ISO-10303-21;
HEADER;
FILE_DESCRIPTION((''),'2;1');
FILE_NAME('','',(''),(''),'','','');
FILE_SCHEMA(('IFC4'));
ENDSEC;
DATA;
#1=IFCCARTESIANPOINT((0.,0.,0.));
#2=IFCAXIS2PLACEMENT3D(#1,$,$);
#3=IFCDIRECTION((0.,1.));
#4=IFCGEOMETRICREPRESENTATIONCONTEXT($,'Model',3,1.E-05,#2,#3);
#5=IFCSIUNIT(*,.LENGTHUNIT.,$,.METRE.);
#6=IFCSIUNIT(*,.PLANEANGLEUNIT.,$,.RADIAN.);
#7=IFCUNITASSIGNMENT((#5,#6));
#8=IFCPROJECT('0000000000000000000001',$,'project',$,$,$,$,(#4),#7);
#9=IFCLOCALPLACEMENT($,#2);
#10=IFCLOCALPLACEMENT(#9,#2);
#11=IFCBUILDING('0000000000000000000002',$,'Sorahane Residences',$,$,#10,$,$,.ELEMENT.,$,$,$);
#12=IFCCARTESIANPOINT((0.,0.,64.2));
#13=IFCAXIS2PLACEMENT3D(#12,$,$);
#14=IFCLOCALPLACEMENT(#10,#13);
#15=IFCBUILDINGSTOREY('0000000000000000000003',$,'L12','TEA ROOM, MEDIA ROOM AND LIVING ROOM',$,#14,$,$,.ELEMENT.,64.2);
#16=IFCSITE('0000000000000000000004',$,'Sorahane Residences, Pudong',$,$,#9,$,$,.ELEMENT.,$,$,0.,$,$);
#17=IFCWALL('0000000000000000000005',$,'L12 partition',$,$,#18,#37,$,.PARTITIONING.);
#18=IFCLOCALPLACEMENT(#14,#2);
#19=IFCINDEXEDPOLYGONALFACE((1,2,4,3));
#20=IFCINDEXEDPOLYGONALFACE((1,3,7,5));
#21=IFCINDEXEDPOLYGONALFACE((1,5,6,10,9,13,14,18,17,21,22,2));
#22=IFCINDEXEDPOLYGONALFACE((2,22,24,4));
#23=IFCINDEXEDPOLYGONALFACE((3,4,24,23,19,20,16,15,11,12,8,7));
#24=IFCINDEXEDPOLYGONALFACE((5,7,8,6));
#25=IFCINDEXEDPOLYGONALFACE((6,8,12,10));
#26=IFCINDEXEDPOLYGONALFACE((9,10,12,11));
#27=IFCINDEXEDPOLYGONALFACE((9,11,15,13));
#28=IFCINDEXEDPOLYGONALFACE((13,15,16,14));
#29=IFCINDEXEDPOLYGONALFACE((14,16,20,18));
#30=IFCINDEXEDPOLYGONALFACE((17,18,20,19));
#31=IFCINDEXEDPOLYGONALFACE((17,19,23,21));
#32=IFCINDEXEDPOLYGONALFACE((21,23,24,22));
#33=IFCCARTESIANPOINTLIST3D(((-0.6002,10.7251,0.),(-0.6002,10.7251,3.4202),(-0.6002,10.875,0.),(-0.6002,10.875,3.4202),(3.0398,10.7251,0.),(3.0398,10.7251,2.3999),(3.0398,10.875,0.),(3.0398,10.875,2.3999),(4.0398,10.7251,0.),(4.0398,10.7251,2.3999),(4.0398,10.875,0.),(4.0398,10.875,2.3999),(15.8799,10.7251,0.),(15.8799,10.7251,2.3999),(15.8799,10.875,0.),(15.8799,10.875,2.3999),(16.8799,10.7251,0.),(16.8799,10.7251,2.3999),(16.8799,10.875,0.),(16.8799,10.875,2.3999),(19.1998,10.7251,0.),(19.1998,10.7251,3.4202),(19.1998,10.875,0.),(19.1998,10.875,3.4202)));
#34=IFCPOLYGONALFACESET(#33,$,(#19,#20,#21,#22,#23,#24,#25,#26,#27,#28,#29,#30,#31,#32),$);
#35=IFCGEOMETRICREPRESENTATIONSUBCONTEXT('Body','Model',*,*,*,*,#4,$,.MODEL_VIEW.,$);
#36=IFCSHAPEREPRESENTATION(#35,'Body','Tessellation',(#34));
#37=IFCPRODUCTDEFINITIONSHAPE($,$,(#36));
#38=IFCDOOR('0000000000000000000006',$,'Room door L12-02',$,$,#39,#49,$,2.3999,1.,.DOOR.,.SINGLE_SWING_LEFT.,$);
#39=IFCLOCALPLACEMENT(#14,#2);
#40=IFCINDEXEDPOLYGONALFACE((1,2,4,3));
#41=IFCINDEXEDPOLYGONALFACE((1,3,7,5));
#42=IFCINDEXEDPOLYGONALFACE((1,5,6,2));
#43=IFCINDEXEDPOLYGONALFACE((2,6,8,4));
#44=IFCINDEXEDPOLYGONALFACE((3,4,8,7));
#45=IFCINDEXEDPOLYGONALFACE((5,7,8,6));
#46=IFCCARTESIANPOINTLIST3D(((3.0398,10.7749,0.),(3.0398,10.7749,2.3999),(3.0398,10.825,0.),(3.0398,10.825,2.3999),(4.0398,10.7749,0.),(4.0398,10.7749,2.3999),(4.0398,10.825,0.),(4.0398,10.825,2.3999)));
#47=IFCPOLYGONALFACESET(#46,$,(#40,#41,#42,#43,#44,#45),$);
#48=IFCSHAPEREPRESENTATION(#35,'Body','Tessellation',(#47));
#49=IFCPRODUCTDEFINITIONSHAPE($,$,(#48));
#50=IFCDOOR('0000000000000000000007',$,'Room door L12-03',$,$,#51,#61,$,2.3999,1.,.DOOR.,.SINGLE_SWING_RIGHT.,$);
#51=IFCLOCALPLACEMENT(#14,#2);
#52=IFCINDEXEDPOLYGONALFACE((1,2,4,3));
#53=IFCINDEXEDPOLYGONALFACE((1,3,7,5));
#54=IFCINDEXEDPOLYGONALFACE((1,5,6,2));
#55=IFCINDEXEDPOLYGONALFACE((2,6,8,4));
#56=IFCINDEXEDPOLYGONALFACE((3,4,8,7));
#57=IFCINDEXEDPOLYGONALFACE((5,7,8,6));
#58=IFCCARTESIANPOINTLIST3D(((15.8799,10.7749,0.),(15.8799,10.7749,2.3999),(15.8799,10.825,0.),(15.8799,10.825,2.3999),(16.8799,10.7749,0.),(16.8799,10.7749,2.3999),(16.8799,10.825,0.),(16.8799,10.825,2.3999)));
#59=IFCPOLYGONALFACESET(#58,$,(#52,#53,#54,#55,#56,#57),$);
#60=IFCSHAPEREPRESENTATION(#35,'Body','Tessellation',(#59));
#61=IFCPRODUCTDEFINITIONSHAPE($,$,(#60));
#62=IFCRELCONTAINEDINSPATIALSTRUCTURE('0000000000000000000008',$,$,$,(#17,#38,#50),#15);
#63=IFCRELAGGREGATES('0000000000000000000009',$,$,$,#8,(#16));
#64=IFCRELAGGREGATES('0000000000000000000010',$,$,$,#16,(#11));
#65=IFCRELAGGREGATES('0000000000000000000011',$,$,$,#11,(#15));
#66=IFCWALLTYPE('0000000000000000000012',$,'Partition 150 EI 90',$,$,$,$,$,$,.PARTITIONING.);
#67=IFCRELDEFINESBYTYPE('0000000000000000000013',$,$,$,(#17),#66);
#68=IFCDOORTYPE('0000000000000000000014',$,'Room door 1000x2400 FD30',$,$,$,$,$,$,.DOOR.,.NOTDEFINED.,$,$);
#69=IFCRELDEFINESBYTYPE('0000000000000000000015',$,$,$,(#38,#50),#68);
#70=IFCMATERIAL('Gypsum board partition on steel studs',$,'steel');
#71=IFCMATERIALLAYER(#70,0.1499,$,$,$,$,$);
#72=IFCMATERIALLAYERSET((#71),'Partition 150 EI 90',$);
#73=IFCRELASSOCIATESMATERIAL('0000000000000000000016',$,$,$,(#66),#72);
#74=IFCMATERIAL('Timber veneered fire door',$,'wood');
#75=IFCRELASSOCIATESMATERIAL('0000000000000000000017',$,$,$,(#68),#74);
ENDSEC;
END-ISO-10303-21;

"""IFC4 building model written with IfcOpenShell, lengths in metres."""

from ifc_helpers import new_model, si_unit, direction, frame, frame_2d, origin, place, context, subcontext, project, spatial, rectangle, extrude, material, layer, layer_set, type_object, element, fill, save


model = new_model("IFC4")

# Units and contexts
model_context = context("Model", 3, precision=1e-05, world=origin(), true_north=direction((0.0, 1.0)))
body_context = subcontext(model_context, "Body", "Model", "MODEL_VIEW")
ifc_project = project(units=[si_unit("LENGTHUNIT", "METRE"), si_unit("PLANEANGLEUNIT", "RADIAN")], contexts=[model_context])

# Site, building, storey
site_placement = place(None, origin())
site = spatial("IfcSite", under=ifc_project, at=site_placement, Name="Sorahane Residences, Pudong", CompositionType="ELEMENT", RefElevation=0.0)
building_placement = place(site_placement, origin())
building = spatial("IfcBuilding", under=site, at=building_placement, Name="Sorahane Residences", CompositionType="ELEMENT")
storey_placement = place(building_placement, frame((0.0, 0.0, 64.2)))
storey = spatial("IfcBuildingStorey", under=building, at=storey_placement, Name="L12", Description="TEA ROOM, MEDIA ROOM AND LIVING ROOM", CompositionType="ELEMENT", Elevation=64.2)

# Shared definitions
ifc_material_1 = material(Name="Gypsum board partition on steel studs", Category="steel")
ifc_layer_1 = layer(ifc_material_1, 0.1499)
ifc_layer_set_1 = layer_set([ifc_layer_1], Name="Partition 150 EI 90")
wall_type_1 = type_object("IfcWallType", Name="Partition 150 EI 90", PredefinedType="PARTITIONING", material=ifc_layer_set_1)

# Wall, openings, doors
wall_1_placement = place(storey_placement, frame((-0.6001, 10.8, 0.0), z_axis=(0.0, 0.0, 1.0), x_axis=(1.0, 0.0, 0.0)))
wall_1 = element("IfcWall", 1, at=wall_1_placement, inside=storey, type_object=wall_type_1, Name="L12 partition", PredefinedType="PARTITIONING", context=body_context, shape_type="SweptSolid", body=[
    extrude(rectangle(XDim=19.8, YDim=0.1499, at=frame_2d((9.8999, 0.0))), origin(), (0.0, 0.0, 1.0), 3.4202),
])
opening_1_placement = place(wall_1_placement, frame((3.6399, 0.0, 0.0)))
opening_1 = element("IfcOpeningElement", 2, at=opening_1_placement, cuts=wall_1, PredefinedType="OPENING", context=body_context, shape_type="SweptSolid", body=[
    extrude(rectangle(XDim=1.0, YDim=2.3999, at=frame_2d((0.5, 1.2))), frame((0.0, 0.085, 0.0), z_axis=(0.0, -1.0, 0.0), x_axis=(1.0, 0.0, 0.0)), (0.0, 0.0, 1.0), 0.1699),
])
opening_2_placement = place(wall_1_placement, frame((16.48, 0.0, 0.0)))
opening_2 = element("IfcOpeningElement", 3, at=opening_2_placement, cuts=wall_1, PredefinedType="OPENING", context=body_context, shape_type="SweptSolid", body=[
    extrude(rectangle(XDim=1.0, YDim=2.3999, at=frame_2d((0.5, 1.2))), frame((0.0, 0.085, 0.0), z_axis=(0.0, -1.0, 0.0), x_axis=(1.0, 0.0, 0.0)), (0.0, 0.0, 1.0), 0.1699),
])
ifc_material_2 = material(Name="Timber veneered fire door", Category="wood")
door_type_1 = type_object("IfcDoorType", Name="Room door 1000x2400 FD30", OperationType="NOTDEFINED", PredefinedType="DOOR", material=ifc_material_2)
door_1_placement = place(opening_1_placement, origin())
door_1 = element("IfcDoor", 4, at=door_1_placement, inside=storey, type_object=door_type_1, Name="Room door L12-02", OperationType="SINGLE_SWING_LEFT", OverallHeight=2.3999, OverallWidth=1.0, PredefinedType="DOOR", context=body_context, shape_type="SweptSolid", body=[
    extrude(rectangle(XDim=1.0, YDim=2.3999, at=frame_2d((0.5, 1.2))), frame((0.0, 0.0249, 0.0), z_axis=(0.0, -1.0, 0.0), x_axis=(1.0, 0.0, 0.0)), (0.0, 0.0, 1.0), 0.05),
])
fill(opening_1, door_1)
door_2_placement = place(opening_2_placement, origin())
door_2 = element("IfcDoor", 5, at=door_2_placement, inside=storey, type_object=door_type_1, Name="Room door L12-03", OperationType="SINGLE_SWING_RIGHT", OverallHeight=2.3999, OverallWidth=1.0, PredefinedType="DOOR", context=body_context, shape_type="SweptSolid", body=[
    extrude(rectangle(XDim=1.0, YDim=2.3999, at=frame_2d((0.5, 1.2))), frame((0.0, 0.0249, 0.0), z_axis=(0.0, -1.0, 0.0), x_axis=(1.0, 0.0, 0.0)), (0.0, 0.0, 1.0), 0.05),
])
fill(opening_2, door_2)

save(model, "model.ifc")
